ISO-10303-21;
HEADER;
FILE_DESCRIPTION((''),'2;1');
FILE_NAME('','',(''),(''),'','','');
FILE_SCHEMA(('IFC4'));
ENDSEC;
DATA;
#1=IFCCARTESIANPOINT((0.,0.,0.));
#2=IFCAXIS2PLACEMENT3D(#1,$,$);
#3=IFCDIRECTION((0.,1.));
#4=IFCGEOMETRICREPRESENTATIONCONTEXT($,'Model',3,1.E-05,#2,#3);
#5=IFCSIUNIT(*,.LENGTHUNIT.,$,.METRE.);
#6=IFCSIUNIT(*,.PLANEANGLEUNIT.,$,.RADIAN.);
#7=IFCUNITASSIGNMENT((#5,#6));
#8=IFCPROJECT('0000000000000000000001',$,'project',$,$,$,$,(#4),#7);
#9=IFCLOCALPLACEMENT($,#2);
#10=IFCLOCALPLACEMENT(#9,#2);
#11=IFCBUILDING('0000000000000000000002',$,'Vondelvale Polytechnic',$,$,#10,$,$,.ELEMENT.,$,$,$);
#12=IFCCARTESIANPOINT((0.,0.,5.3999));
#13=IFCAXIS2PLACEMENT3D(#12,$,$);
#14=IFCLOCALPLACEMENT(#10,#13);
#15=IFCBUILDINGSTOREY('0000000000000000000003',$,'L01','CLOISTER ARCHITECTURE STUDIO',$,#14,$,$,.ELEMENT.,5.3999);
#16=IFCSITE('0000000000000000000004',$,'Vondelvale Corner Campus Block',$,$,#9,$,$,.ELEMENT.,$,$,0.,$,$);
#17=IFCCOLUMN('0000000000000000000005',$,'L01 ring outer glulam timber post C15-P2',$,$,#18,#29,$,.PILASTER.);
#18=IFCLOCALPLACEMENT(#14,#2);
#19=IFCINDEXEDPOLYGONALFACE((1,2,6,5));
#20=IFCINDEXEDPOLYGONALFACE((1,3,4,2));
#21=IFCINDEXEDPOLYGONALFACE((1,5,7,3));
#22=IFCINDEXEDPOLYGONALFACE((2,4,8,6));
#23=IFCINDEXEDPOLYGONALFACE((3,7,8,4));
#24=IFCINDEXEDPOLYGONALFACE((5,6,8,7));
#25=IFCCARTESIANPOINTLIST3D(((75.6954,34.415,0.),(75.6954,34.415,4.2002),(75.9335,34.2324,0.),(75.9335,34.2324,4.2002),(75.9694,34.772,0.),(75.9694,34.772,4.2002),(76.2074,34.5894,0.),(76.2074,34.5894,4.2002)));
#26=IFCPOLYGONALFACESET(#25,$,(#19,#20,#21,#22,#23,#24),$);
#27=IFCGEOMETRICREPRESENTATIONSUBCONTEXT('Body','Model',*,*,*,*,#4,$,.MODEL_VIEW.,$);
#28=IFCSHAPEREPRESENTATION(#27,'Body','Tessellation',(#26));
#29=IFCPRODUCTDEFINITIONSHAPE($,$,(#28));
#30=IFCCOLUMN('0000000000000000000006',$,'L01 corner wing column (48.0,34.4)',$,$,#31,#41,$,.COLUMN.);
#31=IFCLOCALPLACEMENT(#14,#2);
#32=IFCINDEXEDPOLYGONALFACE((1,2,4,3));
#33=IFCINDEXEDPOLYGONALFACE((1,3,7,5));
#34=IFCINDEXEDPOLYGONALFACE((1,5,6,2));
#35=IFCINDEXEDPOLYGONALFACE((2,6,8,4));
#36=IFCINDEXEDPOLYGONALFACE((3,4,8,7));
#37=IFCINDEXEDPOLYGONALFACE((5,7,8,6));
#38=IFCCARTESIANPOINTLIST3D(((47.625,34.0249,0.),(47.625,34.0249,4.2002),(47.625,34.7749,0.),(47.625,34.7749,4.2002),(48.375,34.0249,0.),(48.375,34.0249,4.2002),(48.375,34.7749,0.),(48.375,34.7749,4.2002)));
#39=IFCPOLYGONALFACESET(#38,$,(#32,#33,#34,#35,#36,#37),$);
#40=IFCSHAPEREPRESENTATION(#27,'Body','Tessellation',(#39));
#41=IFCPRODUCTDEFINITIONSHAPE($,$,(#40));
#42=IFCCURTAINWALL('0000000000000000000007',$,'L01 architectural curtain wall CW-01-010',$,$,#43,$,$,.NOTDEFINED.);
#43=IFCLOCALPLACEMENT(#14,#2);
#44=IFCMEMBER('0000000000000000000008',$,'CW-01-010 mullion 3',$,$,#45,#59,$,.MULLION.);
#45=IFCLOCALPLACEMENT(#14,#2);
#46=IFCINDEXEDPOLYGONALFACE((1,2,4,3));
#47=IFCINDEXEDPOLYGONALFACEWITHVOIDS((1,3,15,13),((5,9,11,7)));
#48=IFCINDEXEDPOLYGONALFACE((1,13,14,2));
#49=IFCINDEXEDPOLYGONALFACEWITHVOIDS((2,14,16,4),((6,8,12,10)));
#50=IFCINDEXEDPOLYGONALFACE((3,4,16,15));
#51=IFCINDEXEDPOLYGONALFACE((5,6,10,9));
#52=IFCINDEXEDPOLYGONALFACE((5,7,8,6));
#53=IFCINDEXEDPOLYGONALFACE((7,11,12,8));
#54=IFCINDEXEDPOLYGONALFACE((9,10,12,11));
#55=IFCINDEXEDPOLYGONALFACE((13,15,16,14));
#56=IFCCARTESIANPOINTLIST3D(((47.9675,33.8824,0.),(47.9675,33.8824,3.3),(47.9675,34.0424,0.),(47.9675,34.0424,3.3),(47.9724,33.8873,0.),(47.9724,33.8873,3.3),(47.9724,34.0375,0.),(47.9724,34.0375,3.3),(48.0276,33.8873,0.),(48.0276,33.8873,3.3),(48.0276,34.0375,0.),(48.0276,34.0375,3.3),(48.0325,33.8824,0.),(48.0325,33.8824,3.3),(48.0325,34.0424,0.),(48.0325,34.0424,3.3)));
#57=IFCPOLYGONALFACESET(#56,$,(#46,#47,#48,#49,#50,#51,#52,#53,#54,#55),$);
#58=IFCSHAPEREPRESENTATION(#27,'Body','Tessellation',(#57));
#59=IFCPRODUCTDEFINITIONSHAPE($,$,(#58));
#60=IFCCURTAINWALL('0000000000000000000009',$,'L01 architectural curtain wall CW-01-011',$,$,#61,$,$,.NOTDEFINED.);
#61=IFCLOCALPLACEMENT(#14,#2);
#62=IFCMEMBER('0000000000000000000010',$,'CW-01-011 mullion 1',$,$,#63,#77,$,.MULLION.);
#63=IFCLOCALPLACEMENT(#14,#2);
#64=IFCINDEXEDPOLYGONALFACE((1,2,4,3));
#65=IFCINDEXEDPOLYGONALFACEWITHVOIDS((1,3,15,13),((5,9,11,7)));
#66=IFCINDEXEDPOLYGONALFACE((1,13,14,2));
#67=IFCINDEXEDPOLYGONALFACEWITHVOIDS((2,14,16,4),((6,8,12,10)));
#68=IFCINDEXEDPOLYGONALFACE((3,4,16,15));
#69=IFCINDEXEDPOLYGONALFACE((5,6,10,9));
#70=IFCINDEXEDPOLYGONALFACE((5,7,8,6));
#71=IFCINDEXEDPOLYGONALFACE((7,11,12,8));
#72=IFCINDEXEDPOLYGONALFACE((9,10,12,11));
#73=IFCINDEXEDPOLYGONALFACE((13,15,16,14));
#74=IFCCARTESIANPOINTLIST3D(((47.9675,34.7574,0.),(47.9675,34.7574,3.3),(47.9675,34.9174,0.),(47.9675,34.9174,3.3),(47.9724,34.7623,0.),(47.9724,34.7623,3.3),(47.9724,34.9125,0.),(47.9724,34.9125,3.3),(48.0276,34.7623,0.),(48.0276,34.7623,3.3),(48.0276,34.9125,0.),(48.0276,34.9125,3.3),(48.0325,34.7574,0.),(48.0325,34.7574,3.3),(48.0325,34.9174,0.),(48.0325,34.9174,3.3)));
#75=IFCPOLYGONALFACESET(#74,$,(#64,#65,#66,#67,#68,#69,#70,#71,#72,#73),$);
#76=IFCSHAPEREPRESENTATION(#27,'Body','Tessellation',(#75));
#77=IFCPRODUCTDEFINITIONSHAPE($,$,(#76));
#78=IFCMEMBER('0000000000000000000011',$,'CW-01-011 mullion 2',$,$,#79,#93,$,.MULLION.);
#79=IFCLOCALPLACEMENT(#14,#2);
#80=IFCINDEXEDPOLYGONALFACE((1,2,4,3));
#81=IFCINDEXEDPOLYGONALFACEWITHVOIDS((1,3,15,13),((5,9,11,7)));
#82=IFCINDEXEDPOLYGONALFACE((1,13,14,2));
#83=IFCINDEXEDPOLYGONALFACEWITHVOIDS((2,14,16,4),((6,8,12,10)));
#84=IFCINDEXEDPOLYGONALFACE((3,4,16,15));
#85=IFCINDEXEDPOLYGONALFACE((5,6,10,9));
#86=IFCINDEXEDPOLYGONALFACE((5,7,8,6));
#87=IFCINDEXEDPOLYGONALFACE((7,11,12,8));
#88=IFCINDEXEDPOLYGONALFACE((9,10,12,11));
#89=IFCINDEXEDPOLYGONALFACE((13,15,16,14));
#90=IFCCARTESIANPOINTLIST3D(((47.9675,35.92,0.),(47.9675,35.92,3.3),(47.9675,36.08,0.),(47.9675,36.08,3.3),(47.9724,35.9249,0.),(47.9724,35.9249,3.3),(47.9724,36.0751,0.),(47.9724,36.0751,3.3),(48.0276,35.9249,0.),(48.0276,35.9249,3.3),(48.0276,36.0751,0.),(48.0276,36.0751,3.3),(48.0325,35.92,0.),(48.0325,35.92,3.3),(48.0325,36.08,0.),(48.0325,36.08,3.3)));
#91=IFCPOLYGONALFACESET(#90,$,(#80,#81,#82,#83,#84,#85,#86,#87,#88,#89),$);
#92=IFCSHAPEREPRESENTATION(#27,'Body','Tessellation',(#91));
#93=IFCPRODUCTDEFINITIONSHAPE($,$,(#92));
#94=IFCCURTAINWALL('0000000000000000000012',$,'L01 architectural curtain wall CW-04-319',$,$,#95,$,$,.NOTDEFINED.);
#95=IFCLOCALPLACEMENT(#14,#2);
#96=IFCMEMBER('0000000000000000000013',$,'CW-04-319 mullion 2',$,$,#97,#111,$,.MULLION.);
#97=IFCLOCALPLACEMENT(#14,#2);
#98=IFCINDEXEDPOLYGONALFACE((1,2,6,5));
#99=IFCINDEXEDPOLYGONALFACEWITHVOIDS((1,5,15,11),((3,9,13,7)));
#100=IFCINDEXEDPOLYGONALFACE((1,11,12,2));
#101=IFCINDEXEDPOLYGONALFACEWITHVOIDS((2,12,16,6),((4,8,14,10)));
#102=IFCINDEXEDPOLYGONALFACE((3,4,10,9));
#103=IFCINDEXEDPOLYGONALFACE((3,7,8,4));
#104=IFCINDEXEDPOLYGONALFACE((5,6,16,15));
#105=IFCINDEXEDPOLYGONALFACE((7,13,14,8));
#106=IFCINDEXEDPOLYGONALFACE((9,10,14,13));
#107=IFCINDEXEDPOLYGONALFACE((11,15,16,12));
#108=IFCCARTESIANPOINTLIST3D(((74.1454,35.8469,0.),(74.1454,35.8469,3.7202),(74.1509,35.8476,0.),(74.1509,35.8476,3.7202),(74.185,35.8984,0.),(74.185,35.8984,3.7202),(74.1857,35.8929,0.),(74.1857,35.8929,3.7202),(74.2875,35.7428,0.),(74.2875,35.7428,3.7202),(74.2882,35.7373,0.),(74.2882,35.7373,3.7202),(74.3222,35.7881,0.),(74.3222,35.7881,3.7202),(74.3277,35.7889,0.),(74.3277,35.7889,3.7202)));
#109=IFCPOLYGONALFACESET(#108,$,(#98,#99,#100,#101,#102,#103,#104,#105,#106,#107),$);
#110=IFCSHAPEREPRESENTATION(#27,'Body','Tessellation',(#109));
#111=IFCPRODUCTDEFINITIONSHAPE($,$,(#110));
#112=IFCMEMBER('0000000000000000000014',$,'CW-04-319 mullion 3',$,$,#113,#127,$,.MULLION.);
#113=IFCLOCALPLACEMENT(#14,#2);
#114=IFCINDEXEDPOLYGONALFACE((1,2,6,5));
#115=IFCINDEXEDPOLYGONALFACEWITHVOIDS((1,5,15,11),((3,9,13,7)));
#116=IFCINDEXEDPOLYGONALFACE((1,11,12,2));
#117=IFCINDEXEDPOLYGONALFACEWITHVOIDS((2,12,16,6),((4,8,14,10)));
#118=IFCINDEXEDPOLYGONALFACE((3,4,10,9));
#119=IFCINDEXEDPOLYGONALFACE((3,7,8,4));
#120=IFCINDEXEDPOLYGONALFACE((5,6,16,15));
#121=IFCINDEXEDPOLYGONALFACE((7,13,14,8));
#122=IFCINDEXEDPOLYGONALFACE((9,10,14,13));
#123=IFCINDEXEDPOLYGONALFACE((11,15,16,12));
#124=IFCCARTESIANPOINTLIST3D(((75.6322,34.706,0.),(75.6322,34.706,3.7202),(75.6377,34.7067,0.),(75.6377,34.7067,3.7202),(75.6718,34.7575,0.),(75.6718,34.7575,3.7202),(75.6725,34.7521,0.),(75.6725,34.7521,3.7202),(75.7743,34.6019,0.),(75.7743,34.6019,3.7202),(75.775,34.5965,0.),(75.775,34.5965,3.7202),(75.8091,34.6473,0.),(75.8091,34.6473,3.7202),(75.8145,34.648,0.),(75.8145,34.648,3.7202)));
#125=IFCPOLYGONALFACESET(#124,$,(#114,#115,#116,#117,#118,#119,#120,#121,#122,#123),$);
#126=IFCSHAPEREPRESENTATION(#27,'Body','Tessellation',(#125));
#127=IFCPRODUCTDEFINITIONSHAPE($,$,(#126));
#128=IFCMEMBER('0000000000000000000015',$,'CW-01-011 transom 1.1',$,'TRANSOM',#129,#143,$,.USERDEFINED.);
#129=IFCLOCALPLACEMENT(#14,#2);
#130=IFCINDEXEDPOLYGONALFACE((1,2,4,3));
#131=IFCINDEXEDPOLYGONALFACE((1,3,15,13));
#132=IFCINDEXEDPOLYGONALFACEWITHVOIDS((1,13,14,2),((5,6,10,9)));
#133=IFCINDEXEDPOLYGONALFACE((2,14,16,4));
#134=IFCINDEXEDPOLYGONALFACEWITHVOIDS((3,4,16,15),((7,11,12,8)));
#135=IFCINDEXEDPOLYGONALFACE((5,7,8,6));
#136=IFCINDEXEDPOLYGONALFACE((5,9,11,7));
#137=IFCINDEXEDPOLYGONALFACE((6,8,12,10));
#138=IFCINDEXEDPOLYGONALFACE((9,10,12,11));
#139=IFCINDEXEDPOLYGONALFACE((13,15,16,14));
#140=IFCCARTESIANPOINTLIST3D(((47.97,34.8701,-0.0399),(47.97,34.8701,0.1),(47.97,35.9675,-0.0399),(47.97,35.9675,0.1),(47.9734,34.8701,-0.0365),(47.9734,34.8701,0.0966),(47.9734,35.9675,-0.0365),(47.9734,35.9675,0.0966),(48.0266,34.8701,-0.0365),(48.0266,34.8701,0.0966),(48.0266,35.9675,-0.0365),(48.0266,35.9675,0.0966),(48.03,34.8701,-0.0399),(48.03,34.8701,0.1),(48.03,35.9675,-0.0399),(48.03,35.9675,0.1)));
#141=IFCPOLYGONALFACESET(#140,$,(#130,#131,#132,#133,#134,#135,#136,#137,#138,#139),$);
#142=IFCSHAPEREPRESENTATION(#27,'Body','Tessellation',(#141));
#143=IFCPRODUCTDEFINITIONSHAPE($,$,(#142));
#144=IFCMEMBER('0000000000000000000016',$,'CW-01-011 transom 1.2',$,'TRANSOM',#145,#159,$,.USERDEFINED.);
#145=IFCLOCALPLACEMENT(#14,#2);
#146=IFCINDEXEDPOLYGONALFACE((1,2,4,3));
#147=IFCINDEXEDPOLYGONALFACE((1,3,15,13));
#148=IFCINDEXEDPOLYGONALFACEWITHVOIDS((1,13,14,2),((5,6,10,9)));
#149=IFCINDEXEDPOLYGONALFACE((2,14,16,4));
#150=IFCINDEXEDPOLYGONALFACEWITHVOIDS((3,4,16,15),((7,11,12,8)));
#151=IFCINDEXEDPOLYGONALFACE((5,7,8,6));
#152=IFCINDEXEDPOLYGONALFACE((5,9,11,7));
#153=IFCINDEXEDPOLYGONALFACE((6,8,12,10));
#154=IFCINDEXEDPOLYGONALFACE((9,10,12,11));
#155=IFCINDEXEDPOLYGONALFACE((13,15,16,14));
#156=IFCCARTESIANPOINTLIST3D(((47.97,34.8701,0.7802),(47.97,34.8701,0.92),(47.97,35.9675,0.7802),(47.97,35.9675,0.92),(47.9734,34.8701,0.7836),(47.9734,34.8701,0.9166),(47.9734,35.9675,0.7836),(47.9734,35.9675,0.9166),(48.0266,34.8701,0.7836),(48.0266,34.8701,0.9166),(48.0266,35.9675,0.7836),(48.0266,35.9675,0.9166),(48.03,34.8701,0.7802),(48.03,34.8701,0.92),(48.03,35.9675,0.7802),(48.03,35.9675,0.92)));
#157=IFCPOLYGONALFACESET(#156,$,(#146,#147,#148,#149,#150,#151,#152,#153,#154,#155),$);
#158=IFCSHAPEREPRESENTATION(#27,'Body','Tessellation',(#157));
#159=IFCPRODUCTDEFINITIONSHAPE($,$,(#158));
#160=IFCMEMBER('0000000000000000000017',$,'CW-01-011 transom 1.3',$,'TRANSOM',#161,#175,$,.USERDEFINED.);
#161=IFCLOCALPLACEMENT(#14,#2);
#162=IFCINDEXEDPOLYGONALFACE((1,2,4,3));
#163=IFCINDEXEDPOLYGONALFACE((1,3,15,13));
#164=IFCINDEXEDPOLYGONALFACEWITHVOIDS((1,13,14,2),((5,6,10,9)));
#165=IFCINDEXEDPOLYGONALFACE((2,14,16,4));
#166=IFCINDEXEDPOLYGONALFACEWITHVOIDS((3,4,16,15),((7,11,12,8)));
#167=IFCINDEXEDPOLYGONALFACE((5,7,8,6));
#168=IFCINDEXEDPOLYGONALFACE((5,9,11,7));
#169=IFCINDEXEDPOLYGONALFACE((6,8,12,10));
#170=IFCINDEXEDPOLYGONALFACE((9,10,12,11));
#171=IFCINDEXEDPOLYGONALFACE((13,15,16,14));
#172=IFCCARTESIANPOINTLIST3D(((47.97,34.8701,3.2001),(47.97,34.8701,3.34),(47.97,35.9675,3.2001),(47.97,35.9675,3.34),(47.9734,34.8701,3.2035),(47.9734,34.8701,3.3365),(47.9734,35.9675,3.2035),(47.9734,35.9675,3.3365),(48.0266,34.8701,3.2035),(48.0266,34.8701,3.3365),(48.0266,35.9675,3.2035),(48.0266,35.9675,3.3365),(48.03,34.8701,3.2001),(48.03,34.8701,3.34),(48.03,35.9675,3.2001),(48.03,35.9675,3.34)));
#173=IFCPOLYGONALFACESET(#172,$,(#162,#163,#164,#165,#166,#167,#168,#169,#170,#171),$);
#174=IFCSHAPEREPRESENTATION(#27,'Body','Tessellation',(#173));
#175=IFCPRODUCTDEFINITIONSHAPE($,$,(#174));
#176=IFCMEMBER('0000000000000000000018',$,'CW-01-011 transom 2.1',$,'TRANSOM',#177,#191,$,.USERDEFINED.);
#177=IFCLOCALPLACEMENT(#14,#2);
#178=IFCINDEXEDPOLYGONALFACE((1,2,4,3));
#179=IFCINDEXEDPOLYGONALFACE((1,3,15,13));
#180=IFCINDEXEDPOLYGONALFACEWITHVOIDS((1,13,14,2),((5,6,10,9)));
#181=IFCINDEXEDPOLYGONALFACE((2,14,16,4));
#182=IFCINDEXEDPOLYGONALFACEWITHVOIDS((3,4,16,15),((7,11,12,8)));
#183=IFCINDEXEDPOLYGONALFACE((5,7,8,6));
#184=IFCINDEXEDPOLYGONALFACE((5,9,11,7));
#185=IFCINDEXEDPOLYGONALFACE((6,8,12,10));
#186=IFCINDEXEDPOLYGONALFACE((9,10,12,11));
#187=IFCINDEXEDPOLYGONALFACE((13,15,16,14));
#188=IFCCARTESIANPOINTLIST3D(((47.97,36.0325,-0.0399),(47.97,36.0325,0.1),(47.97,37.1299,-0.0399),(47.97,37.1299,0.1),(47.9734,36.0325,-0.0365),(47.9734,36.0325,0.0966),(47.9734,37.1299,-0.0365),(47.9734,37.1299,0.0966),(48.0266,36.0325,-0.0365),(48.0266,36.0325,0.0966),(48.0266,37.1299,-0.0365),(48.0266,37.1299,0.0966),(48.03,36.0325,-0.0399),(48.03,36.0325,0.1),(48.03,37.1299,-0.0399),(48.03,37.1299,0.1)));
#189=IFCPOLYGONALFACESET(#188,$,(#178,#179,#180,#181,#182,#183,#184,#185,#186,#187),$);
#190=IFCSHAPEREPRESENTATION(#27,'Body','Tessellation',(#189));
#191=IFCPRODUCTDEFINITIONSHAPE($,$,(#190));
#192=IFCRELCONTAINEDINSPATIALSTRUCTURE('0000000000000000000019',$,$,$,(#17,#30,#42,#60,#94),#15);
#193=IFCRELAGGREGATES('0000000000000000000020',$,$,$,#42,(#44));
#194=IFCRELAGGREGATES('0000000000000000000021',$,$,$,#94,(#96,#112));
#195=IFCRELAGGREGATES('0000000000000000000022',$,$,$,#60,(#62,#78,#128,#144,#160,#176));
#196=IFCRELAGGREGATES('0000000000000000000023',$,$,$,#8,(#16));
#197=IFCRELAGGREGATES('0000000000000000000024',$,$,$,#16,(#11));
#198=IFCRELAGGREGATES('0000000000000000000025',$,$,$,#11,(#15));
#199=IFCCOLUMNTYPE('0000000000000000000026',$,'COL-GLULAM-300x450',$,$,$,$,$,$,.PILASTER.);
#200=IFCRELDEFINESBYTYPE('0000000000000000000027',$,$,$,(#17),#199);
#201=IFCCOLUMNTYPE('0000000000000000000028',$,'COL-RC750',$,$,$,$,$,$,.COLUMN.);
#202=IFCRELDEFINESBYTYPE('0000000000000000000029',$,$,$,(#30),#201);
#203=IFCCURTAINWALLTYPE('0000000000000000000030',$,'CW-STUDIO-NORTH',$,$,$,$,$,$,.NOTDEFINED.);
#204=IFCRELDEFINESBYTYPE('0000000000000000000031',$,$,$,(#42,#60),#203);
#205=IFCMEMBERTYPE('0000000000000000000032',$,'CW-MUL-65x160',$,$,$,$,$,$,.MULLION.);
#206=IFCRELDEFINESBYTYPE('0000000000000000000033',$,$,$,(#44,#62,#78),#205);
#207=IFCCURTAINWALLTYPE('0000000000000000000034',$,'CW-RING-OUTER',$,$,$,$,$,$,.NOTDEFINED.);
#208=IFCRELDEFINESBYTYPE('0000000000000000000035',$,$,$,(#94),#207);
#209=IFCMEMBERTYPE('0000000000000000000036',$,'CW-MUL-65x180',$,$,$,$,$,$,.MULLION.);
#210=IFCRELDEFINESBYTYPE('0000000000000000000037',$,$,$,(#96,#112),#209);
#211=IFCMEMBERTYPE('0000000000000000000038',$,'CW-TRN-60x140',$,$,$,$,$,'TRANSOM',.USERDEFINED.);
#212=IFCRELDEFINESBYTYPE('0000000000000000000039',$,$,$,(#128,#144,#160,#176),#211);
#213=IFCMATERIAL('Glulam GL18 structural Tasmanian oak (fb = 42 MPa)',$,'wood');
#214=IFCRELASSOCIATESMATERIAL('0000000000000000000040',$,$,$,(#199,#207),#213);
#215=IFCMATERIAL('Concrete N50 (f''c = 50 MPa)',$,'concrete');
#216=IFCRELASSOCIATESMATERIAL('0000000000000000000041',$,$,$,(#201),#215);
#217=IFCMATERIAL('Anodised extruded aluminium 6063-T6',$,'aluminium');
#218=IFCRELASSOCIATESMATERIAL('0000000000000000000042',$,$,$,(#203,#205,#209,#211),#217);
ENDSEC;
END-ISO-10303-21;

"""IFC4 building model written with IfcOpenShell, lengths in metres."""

from ifc_helpers import new_model, si_unit, direction, frame, origin, origin_2d, place, context, subcontext, project, spatial, rectangle, hollow_rectangle, extrude, material, material_profile, profile_set, type_object, element, aggregate, save


model = new_model("IFC4")

# Units and contexts
model_context = context("Model", 3, precision=1e-05, world=origin(), true_north=direction((0.0, 1.0)))
body_context = subcontext(model_context, "Body", "Model", "MODEL_VIEW")
ifc_project = project(units=[si_unit("LENGTHUNIT", "METRE"), si_unit("PLANEANGLEUNIT", "RADIAN")], contexts=[model_context])

# Site, building, storey
site_placement = place(None, origin())
site = spatial("IfcSite", under=ifc_project, at=site_placement, Name="Vondelvale Corner Campus Block", CompositionType="ELEMENT", RefElevation=0.0)
building_placement = place(site_placement, origin())
building = spatial("IfcBuilding", under=site, at=building_placement, Name="Vondelvale Polytechnic", CompositionType="ELEMENT")
storey_placement = place(building_placement, frame((0.0, 0.0, 5.3999)))
storey = spatial("IfcBuildingStorey", under=building, at=storey_placement, Name="L01", Description="CLOISTER ARCHITECTURE STUDIO", CompositionType="ELEMENT", Elevation=5.3999)

# Columns
ifc_material_1 = material(Name="Glulam GL18 structural Tasmanian oak (fb = 42 MPa)", Category="wood")
ifc_material_profile_1 = material_profile(ifc_material_1, rectangle(XDim=0.3, YDim=0.45, at=origin_2d()), Name="GL-POST-300x450")
ifc_profile_set_1 = profile_set([ifc_material_profile_1], Name="Glulam GL18 structural Tasmanian oak (fb = 42 MPa)")
column_type_1 = type_object("IfcColumnType", Name="COL-GLULAM-300x450", PredefinedType="PILASTER", material=ifc_profile_set_1)
column_1_placement = place(storey_placement, frame((75.9514, 34.5022, 0.0), z_axis=(0.0, 0.0, 1.0), x_axis=(-0.793353, 0.608761, 0.0)))
element("IfcColumn", 1, at=column_1_placement, inside=storey, type_object=column_type_1, Name="L01 ring outer glulam timber post C15-P2", PredefinedType="PILASTER", context=body_context, shape_type="SweptSolid", body=[
    extrude(rectangle(XDim=0.3, YDim=0.45, at=origin_2d()), origin(), (0.0, 0.0, 1.0), 4.2002),
])
ifc_material_2 = material(Name="Concrete N50 (f'c = 50 MPa)", Category="concrete")
ifc_material_profile_2 = material_profile(ifc_material_2, rectangle(XDim=0.75, YDim=0.75, at=origin_2d()), Name="RC-COL-750x750")
ifc_profile_set_2 = profile_set([ifc_material_profile_2], Name="Concrete N50 (f'c = 50 MPa)")
column_type_2 = type_object("IfcColumnType", Name="COL-RC750", PredefinedType="COLUMN", material=ifc_profile_set_2)
column_2_placement = place(storey_placement, frame((48.0, 34.3999, 0.0), z_axis=(0.0, 0.0, 1.0), x_axis=(1.0, 0.0, 0.0)))
element("IfcColumn", 2, at=column_2_placement, inside=storey, type_object=column_type_2, Name="L01 corner wing column (48.0,34.4)", PredefinedType="COLUMN", context=body_context, shape_type="SweptSolid", body=[
    extrude(rectangle(XDim=0.75, YDim=0.75, at=origin_2d()), origin(), (0.0, 0.0, 1.0), 4.2002),
])

# Curtain wall, member
ifc_material_3 = material(Name="Anodised extruded aluminium 6063-T6", Category="aluminium")
curtain_wall_type_1 = type_object("IfcCurtainWallType", Name="CW-STUDIO-NORTH", PredefinedType="NOTDEFINED", material=ifc_material_3)
curtain_wall_1_placement = place(storey_placement, origin())
curtain_wall_1 = element("IfcCurtainWall", 3, at=curtain_wall_1_placement, inside=storey, type_object=curtain_wall_type_1, Name="L01 architectural curtain wall CW-01-010", PredefinedType="NOTDEFINED")
ifc_material_profile_3 = material_profile(ifc_material_3, hollow_rectangle(XDim=0.0649, YDim=0.1599, WallThickness=0.0049, at=origin_2d()), Name="CW-MUL-160x65")
ifc_profile_set_3 = profile_set([ifc_material_profile_3], Name="Anodised extruded aluminium 6063-T6")
member_type_1 = type_object("IfcMemberType", Name="CW-MUL-65x160", PredefinedType="MULLION", material=ifc_profile_set_3)
member_1_placement = place(storey_placement, frame((48.0, 33.9624, 0.0), z_axis=(0.0, 0.0, 1.0), x_axis=(-1.0, 0.0, 0.0)))
member_1 = element("IfcMember", 4, at=member_1_placement, type_object=member_type_1, Name="CW-01-010 mullion 3", PredefinedType="MULLION", context=body_context, shape_type="SweptSolid", body=[
    extrude(hollow_rectangle(XDim=0.0649, YDim=0.1599, WallThickness=0.0049, at=origin_2d()), origin(), (0.0, 0.0, 1.0), 3.3),
])
aggregate(curtain_wall_1, [member_1])

# Curtain walls, members
curtain_wall_2_placement = place(storey_placement, origin())
curtain_wall_2 = element("IfcCurtainWall", 5, at=curtain_wall_2_placement, inside=storey, type_object=curtain_wall_type_1, Name="L01 architectural curtain wall CW-01-011", PredefinedType="NOTDEFINED")
member_2_placement = place(storey_placement, frame((48.0, 34.8374, 0.0), z_axis=(0.0, 0.0, 1.0), x_axis=(-1.0, 0.0, 0.0)))
member_2 = element("IfcMember", 6, at=member_2_placement, type_object=member_type_1, Name="CW-01-011 mullion 1", PredefinedType="MULLION", context=body_context, shape_type="SweptSolid", body=[
    extrude(hollow_rectangle(XDim=0.0649, YDim=0.1599, WallThickness=0.0049, at=origin_2d()), origin(), (0.0, 0.0, 1.0), 3.3),
])
member_3_placement = place(storey_placement, frame((48.0, 36.0, 0.0), z_axis=(0.0, 0.0, 1.0), x_axis=(-1.0, 0.0, 0.0)))
member_3 = element("IfcMember", 7, at=member_3_placement, type_object=member_type_1, Name="CW-01-011 mullion 2", PredefinedType="MULLION", context=body_context, shape_type="SweptSolid", body=[
    extrude(hollow_rectangle(XDim=0.0649, YDim=0.1599, WallThickness=0.0049, at=origin_2d()), origin(), (0.0, 0.0, 1.0), 3.3),
])
curtain_wall_type_2 = type_object("IfcCurtainWallType", Name="CW-RING-OUTER", PredefinedType="NOTDEFINED", material=ifc_material_1)
curtain_wall_3_placement = place(storey_placement, origin())
curtain_wall_3 = element("IfcCurtainWall", 8, at=curtain_wall_3_placement, inside=storey, type_object=curtain_wall_type_2, Name="L01 architectural curtain wall CW-04-319", PredefinedType="NOTDEFINED")
ifc_material_profile_4 = material_profile(ifc_material_3, hollow_rectangle(XDim=0.0649, YDim=0.1799, WallThickness=0.0039, at=origin_2d()), Name="CW-MUL-180x65")
ifc_profile_set_4 = profile_set([ifc_material_profile_4], Name="Anodised extruded aluminium 6063-T6")
member_type_2 = type_object("IfcMemberType", Name="CW-MUL-65x180", PredefinedType="MULLION", material=ifc_profile_set_4)
member_4_placement = place(storey_placement, frame((74.2366, 35.8179, 0.0), z_axis=(0.0, 0.0, 1.0), x_axis=(0.608771, 0.793346, 0.0)))
member_4 = element("IfcMember", 9, at=member_4_placement, type_object=member_type_2, Name="CW-04-319 mullion 2", PredefinedType="MULLION", context=body_context, shape_type="SweptSolid", body=[
    extrude(hollow_rectangle(XDim=0.0649, YDim=0.1799, WallThickness=0.0039, at=origin_2d()), origin(), (0.0, 0.0, 1.0), 3.7202),
])
member_5_placement = place(storey_placement, frame((75.7234, 34.677, 0.0), z_axis=(0.0, 0.0, 1.0), x_axis=(0.608771, 0.793346, 0.0)))
member_5 = element("IfcMember", 10, at=member_5_placement, type_object=member_type_2, Name="CW-04-319 mullion 3", PredefinedType="MULLION", context=body_context, shape_type="SweptSolid", body=[
    extrude(hollow_rectangle(XDim=0.0649, YDim=0.1799, WallThickness=0.0039, at=origin_2d()), origin(), (0.0, 0.0, 1.0), 3.7202),
])

# Members
ifc_material_profile_5 = material_profile(ifc_material_3, hollow_rectangle(XDim=0.0601, YDim=0.1399, WallThickness=0.0034, at=origin_2d()), Name="CW-TRN-140x60")
ifc_profile_set_5 = profile_set([ifc_material_profile_5], Name="Anodised extruded aluminium 6063-T6")
member_type_3 = type_object("IfcMemberType", Name="CW-TRN-60x140", ElementType="TRANSOM", PredefinedType="USERDEFINED", material=ifc_profile_set_5)
member_6_placement = place(storey_placement, frame((48.0, 34.8701, 0.03), z_axis=(0.0, 1.0, 0.0), x_axis=(-1.0, 0.0, 0.0)))
member_6 = element("IfcMember", 11, at=member_6_placement, type_object=member_type_3, Name="CW-01-011 transom 1.1", ObjectType="TRANSOM", PredefinedType="USERDEFINED", context=body_context, shape_type="SweptSolid", body=[
    extrude(hollow_rectangle(XDim=0.0601, YDim=0.1399, WallThickness=0.0034, at=origin_2d()), origin(), (0.0, 0.0, 1.0), 1.0974),
])
member_7_placement = place(storey_placement, frame((48.0, 34.8701, 0.8501), z_axis=(0.0, 1.0, 0.0), x_axis=(-1.0, 0.0, 0.0)))
member_7 = element("IfcMember", 12, at=member_7_placement, type_object=member_type_3, Name="CW-01-011 transom 1.2", ObjectType="TRANSOM", PredefinedType="USERDEFINED", context=body_context, shape_type="SweptSolid", body=[
    extrude(hollow_rectangle(XDim=0.0601, YDim=0.1399, WallThickness=0.0034, at=origin_2d()), origin(), (0.0, 0.0, 1.0), 1.0974),
])
member_8_placement = place(storey_placement, frame((48.0, 34.8701, 3.27), z_axis=(0.0, 1.0, 0.0), x_axis=(-1.0, 0.0, 0.0)))
member_8 = element("IfcMember", 13, at=member_8_placement, type_object=member_type_3, Name="CW-01-011 transom 1.3", ObjectType="TRANSOM", PredefinedType="USERDEFINED", context=body_context, shape_type="SweptSolid", body=[
    extrude(hollow_rectangle(XDim=0.0601, YDim=0.1399, WallThickness=0.0034, at=origin_2d()), origin(), (0.0, 0.0, 1.0), 1.0974),
])
member_9_placement = place(storey_placement, frame((48.0, 36.0325, 0.03), z_axis=(0.0, 1.0, 0.0), x_axis=(-1.0, 0.0, 0.0)))
member_9 = element("IfcMember", 14, at=member_9_placement, type_object=member_type_3, Name="CW-01-011 transom 2.1", ObjectType="TRANSOM", PredefinedType="USERDEFINED", context=body_context, shape_type="SweptSolid", body=[
    extrude(hollow_rectangle(XDim=0.0601, YDim=0.1399, WallThickness=0.0034, at=origin_2d()), origin(), (0.0, 0.0, 1.0), 1.0974),
])

aggregate(curtain_wall_3, [member_4, member_5])
aggregate(curtain_wall_2, [member_2, member_3, member_6, member_7, member_8, member_9])

save(model, "model.ifc")
